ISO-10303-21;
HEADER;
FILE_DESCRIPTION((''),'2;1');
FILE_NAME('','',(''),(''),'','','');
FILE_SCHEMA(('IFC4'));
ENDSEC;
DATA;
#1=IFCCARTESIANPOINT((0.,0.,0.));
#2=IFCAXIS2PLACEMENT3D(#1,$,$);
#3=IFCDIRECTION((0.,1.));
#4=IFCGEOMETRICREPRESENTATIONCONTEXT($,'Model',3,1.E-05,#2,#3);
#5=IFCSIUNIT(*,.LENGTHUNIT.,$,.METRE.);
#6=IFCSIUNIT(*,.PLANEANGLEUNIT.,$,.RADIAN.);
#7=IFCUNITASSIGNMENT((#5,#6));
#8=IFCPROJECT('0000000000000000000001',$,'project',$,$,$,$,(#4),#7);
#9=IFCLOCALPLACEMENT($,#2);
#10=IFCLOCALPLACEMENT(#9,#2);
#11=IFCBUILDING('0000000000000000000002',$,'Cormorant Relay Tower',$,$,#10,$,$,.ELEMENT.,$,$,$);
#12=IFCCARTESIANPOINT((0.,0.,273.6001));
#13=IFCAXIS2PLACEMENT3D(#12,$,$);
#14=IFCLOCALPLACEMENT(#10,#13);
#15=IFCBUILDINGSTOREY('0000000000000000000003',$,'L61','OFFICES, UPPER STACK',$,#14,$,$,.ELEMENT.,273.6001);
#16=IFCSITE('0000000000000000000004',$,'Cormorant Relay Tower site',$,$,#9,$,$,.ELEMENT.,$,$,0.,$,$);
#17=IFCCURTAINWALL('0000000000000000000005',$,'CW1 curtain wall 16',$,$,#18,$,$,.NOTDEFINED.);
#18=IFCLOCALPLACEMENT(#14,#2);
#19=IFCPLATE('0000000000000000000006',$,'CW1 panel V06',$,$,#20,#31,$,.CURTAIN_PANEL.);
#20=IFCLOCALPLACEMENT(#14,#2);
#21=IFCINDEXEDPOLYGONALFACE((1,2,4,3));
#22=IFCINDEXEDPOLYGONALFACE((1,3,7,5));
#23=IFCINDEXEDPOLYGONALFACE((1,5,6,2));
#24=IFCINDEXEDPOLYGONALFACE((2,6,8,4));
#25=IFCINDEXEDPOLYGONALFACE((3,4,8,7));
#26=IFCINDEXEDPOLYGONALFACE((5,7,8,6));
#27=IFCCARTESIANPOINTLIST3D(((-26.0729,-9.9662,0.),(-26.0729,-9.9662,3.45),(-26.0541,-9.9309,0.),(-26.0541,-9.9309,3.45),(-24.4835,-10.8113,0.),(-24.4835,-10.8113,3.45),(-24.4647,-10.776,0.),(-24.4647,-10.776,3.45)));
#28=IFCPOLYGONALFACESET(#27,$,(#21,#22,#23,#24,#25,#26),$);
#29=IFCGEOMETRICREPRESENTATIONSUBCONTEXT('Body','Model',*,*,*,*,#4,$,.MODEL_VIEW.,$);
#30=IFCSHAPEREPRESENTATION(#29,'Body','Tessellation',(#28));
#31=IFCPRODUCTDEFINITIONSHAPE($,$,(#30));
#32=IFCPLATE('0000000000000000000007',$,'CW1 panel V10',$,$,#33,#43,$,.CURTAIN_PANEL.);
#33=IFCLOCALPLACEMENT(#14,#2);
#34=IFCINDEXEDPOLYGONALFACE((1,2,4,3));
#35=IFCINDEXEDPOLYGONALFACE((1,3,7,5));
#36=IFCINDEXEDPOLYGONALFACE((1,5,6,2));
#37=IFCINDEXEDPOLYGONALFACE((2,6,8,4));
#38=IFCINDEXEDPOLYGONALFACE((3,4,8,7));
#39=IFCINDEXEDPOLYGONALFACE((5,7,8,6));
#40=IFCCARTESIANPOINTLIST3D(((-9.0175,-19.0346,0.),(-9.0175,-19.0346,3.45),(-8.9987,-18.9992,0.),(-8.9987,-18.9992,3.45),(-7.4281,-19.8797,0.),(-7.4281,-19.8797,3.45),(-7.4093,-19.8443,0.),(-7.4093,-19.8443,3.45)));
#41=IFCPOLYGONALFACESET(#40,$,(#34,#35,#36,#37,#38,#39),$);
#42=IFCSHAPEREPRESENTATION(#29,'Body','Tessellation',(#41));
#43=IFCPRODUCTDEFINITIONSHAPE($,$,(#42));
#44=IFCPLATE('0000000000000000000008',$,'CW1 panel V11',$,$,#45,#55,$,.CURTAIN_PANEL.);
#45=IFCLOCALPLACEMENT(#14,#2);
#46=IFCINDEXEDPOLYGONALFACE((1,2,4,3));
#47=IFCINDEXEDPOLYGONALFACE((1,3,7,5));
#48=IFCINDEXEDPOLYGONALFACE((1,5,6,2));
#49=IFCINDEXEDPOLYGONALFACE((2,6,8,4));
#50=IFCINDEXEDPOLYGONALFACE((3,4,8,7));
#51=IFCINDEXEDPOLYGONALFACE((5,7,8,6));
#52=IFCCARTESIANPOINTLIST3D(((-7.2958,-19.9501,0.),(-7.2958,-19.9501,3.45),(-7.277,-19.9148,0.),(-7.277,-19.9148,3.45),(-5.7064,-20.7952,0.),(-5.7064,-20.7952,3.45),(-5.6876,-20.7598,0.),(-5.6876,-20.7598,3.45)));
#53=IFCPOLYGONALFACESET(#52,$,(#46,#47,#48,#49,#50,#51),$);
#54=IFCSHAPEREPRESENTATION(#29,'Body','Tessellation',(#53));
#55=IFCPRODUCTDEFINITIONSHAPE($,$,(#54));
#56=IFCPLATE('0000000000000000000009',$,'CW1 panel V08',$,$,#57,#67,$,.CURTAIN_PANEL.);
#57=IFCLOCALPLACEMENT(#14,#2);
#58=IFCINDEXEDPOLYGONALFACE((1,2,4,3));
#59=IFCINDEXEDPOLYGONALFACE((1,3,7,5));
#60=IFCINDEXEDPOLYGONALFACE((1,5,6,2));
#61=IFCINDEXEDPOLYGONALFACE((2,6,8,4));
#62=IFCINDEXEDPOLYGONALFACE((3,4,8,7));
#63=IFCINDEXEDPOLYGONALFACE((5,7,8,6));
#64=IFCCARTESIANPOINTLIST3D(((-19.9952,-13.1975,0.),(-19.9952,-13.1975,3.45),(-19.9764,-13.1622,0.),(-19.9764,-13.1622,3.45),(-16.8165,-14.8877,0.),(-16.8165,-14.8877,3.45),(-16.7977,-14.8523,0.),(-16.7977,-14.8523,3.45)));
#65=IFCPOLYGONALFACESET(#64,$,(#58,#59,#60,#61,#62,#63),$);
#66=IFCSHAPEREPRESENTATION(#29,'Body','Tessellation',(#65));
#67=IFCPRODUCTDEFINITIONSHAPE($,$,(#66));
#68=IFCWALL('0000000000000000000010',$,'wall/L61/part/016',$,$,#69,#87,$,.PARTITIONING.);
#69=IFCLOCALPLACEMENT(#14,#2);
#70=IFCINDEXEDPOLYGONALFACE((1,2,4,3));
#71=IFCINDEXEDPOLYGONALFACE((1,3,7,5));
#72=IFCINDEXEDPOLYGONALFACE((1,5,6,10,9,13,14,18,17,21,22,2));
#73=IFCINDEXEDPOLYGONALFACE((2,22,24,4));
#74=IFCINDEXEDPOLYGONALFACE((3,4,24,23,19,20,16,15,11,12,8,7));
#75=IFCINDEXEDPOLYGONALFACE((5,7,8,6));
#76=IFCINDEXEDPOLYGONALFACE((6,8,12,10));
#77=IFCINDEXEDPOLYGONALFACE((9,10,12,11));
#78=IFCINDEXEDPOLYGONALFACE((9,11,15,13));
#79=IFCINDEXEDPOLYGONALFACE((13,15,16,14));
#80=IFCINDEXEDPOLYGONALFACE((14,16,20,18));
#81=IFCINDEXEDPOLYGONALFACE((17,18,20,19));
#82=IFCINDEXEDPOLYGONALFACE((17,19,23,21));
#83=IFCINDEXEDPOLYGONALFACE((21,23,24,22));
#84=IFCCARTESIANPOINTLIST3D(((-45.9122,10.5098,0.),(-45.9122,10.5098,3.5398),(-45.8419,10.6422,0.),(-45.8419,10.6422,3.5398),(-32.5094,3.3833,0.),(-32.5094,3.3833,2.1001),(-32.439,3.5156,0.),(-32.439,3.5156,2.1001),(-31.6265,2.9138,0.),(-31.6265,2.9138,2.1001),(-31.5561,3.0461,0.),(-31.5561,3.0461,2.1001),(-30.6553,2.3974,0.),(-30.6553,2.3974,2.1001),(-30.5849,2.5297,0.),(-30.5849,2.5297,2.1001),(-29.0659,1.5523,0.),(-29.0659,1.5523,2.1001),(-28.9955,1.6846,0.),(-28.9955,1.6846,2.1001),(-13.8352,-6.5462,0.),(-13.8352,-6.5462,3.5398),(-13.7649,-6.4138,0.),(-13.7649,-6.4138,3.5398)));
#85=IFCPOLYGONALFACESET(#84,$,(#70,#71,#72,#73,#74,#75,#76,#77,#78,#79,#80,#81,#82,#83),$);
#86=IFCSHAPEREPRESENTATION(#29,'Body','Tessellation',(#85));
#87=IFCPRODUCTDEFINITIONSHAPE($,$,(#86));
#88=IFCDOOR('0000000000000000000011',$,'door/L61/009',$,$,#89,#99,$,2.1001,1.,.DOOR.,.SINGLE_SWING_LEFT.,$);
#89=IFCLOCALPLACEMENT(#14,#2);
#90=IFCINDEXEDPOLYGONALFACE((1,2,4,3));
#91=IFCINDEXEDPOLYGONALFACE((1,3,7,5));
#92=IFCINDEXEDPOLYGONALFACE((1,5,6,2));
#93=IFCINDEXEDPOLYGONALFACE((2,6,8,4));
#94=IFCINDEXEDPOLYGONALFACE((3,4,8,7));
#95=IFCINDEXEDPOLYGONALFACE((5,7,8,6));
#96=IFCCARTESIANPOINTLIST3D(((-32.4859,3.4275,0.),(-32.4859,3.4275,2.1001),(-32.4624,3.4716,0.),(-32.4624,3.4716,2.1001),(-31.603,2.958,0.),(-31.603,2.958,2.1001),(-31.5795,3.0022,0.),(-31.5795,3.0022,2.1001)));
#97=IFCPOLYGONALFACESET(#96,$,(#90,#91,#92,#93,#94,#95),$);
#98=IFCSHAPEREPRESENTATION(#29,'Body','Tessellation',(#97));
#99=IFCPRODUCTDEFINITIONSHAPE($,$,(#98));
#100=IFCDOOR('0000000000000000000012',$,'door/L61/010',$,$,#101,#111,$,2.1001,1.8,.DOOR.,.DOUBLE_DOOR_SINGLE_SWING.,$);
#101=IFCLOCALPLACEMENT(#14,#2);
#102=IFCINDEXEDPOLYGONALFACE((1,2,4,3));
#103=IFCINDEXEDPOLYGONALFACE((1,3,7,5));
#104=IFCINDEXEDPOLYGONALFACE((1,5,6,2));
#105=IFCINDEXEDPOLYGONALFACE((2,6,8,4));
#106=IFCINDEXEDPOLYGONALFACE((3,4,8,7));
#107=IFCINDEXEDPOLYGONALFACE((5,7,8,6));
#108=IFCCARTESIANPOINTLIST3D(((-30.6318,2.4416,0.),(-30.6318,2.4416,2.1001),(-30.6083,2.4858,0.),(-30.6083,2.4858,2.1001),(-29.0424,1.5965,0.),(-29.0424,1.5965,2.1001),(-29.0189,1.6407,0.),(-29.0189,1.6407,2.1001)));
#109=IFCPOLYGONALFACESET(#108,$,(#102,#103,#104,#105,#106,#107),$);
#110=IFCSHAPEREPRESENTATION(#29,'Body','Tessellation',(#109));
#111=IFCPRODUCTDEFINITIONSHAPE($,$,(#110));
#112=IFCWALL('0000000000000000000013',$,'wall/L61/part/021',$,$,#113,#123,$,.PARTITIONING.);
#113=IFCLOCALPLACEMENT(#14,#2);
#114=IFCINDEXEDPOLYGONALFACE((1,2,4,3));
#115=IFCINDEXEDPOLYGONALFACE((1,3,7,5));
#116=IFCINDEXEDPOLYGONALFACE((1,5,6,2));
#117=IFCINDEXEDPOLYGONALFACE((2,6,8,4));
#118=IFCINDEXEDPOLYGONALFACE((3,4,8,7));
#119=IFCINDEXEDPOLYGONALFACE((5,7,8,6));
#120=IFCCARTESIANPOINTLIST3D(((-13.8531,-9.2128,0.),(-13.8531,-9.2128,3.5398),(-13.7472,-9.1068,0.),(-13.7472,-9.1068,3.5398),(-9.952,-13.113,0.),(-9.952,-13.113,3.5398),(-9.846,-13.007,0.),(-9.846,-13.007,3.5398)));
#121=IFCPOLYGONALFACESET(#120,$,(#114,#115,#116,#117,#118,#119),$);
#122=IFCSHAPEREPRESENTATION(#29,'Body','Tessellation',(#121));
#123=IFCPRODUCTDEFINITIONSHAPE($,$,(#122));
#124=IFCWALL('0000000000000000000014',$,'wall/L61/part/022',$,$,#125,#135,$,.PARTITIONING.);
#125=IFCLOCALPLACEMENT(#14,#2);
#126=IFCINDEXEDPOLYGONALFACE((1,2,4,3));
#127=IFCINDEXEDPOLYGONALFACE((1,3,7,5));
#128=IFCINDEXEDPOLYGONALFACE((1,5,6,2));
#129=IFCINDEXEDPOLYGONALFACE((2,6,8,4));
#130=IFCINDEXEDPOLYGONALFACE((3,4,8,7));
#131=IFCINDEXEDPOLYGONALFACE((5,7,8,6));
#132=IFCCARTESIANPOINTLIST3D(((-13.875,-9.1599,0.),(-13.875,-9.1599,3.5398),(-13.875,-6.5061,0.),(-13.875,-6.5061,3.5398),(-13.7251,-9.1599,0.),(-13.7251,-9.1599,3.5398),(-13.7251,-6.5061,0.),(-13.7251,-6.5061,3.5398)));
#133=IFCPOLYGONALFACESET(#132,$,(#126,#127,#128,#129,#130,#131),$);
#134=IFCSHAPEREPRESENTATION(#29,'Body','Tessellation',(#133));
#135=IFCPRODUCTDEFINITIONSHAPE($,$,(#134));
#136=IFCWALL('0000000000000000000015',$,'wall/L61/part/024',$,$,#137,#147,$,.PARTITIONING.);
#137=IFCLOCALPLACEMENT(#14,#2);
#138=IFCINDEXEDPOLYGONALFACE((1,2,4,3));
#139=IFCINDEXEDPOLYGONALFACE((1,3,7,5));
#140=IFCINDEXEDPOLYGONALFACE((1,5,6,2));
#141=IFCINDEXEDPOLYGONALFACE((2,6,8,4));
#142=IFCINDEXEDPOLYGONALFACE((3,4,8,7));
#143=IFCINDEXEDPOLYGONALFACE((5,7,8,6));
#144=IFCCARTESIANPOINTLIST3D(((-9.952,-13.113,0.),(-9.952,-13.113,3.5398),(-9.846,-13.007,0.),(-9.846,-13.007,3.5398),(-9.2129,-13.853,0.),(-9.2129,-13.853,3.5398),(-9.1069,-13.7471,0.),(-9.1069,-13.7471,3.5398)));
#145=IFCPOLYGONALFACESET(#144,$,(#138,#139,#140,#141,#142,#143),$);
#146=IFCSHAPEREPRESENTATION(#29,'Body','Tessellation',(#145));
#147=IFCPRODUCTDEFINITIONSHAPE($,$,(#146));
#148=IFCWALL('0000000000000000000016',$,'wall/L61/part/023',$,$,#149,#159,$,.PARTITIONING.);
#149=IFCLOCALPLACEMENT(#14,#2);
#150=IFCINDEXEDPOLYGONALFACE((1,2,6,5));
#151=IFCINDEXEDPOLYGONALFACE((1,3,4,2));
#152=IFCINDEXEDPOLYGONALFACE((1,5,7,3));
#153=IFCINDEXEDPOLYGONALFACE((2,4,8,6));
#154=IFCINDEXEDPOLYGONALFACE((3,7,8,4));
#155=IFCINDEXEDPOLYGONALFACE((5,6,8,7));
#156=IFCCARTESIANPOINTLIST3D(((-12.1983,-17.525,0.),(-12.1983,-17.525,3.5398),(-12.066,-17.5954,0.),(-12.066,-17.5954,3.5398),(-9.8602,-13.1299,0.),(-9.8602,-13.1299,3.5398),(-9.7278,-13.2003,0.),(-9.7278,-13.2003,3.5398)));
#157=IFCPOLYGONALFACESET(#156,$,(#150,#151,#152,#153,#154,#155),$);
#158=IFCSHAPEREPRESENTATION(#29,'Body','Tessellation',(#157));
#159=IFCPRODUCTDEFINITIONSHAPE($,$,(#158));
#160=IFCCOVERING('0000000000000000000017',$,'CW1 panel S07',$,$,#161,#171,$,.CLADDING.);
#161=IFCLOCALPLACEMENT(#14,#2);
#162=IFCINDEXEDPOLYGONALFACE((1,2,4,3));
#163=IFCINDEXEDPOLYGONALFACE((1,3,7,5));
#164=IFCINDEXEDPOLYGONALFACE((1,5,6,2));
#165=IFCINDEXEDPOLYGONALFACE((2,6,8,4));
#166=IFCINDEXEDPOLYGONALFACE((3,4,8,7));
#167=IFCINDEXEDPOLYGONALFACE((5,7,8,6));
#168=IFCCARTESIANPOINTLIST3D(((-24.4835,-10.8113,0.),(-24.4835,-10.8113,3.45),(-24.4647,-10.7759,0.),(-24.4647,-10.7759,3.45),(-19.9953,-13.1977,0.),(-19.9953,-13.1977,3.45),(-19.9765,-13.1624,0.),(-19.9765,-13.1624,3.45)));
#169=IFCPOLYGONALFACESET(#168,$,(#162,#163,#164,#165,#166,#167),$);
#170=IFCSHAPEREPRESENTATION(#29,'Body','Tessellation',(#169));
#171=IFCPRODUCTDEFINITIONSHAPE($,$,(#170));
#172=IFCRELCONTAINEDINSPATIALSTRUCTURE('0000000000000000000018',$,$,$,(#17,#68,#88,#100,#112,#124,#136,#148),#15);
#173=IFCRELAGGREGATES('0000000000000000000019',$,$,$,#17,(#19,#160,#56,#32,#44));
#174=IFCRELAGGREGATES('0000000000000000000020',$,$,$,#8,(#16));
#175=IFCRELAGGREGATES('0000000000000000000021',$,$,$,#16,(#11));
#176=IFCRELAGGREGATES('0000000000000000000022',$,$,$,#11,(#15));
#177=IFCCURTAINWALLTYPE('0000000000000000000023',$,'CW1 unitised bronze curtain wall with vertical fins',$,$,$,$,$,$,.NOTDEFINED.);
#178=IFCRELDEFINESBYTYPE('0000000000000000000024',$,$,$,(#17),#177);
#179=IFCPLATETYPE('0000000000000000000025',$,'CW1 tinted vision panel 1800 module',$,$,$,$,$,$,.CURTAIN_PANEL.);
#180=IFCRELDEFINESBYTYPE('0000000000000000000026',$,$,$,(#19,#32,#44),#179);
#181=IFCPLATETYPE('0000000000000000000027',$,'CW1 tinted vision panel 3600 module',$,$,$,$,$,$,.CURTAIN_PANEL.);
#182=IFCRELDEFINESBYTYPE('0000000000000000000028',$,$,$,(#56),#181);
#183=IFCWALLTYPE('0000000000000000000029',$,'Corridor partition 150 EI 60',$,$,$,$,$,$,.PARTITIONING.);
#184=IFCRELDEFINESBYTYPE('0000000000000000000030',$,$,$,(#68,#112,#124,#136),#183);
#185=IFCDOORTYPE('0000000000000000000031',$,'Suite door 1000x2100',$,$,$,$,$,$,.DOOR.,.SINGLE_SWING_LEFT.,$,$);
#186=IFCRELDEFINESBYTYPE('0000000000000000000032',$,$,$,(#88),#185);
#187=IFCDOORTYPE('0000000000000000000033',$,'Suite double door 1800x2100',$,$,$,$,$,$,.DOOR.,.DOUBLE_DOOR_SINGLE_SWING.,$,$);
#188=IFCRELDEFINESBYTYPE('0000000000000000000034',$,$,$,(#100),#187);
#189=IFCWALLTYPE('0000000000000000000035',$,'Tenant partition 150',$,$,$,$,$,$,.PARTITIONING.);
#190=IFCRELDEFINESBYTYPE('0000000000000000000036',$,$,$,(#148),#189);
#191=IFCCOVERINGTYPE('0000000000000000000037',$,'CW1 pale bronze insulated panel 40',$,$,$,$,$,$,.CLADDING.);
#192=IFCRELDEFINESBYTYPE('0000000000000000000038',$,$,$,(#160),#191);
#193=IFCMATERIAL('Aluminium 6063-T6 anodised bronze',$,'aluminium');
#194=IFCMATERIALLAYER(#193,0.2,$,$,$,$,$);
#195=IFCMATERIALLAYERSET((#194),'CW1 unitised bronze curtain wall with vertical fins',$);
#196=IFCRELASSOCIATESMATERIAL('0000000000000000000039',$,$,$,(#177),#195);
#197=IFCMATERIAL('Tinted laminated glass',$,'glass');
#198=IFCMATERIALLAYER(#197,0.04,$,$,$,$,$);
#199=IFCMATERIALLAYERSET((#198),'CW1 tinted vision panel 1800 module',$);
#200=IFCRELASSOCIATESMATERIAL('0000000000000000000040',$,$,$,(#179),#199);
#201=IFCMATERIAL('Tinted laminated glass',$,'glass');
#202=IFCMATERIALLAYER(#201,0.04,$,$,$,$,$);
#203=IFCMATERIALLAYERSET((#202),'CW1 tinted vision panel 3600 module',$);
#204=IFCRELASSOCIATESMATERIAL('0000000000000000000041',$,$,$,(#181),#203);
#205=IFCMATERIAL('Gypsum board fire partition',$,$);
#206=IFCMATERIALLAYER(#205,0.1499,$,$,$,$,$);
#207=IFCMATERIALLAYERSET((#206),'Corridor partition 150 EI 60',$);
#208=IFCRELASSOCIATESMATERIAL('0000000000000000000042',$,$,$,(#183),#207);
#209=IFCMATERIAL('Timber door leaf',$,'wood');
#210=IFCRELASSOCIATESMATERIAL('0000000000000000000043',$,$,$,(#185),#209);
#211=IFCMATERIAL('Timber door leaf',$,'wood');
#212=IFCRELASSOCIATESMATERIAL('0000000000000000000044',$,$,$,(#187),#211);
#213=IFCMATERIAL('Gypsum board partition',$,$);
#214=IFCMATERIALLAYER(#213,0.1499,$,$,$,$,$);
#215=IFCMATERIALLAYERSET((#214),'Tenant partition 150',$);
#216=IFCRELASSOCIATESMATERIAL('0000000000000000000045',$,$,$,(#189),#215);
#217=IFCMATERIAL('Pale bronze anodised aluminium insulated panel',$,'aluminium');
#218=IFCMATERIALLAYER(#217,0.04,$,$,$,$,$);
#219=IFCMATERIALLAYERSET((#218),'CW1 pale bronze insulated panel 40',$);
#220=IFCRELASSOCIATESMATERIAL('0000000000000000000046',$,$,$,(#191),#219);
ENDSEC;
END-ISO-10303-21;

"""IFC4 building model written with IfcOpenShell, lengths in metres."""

from ifc_helpers import new_model, si_unit, direction, frame, frame_2d, origin, origin_2d, place, context, subcontext, project, spatial, rectangle, extrude, material, layer, layer_set, type_object, element, fill, aggregate, save


model = new_model("IFC4")

# Units and contexts
model_context = context("Model", 3, precision=1e-05, world=origin(), true_north=direction((0.0, 1.0)))
body_context = subcontext(model_context, "Body", "Model", "MODEL_VIEW")
ifc_project = project(units=[si_unit("LENGTHUNIT", "METRE"), si_unit("PLANEANGLEUNIT", "RADIAN")], contexts=[model_context])

# Site, building, storey
site_placement = place(None, origin())
site = spatial("IfcSite", under=ifc_project, at=site_placement, Name="Cormorant Relay Tower site", CompositionType="ELEMENT", RefElevation=0.0)
building_placement = place(site_placement, origin())
building = spatial("IfcBuilding", under=site, at=building_placement, Name="Cormorant Relay Tower", CompositionType="ELEMENT")
storey_placement = place(building_placement, frame((0.0, 0.0, 273.6001)))
storey = spatial("IfcBuildingStorey", under=building, at=storey_placement, Name="L61", Description="OFFICES, UPPER STACK", CompositionType="ELEMENT", Elevation=273.6001)

# Curtain wall
ifc_material_1 = material(Name="Aluminium 6063-T6 anodised bronze", Category="aluminium")
ifc_layer_1 = layer(ifc_material_1, 0.2)
ifc_layer_set_1 = layer_set([ifc_layer_1], Name="CW1 unitised bronze curtain wall with vertical fins")
curtain_wall_type = type_object("IfcCurtainWallType", Name="CW1 unitised bronze curtain wall with vertical fins", PredefinedType="NOTDEFINED", material=ifc_layer_set_1)
curtain_wall_placement = place(storey_placement, origin())
curtain_wall = element("IfcCurtainWall", 1, at=curtain_wall_placement, inside=storey, type_object=curtain_wall_type, Name="CW1 curtain wall 16", PredefinedType="NOTDEFINED")

# Plates
ifc_material_2 = material(Name="Tinted laminated glass", Category="glass")
ifc_layer_2 = layer(ifc_material_2, 0.04)
ifc_layer_set_2 = layer_set([ifc_layer_2], Name="CW1 tinted vision panel 1800 module")
plate_type_1 = type_object("IfcPlateType", Name="CW1 tinted vision panel 1800 module", PredefinedType="CURTAIN_PANEL", material=ifc_layer_set_2)
plate_1_placement = place(storey_placement, frame((-25.2688, -10.3711, 0.0), z_axis=(0.0, 0.0, 1.0), x_axis=(0.882948, -0.469472, 0.0)))
plate_1 = element("IfcPlate", 2, at=plate_1_placement, type_object=plate_type_1, Name="CW1 panel V06", PredefinedType="CURTAIN_PANEL", context=body_context, shape_type="SweptSolid", body=[
    extrude(rectangle(XDim=1.8, YDim=0.04, at=origin_2d()), origin(), (0.0, 0.0, 1.0), 3.45),
])
plate_2_placement = place(storey_placement, frame((-8.2134, -19.4395, 0.0), z_axis=(0.0, 0.0, 1.0), x_axis=(0.882948, -0.469472, 0.0)))
plate_2 = element("IfcPlate", 3, at=plate_2_placement, type_object=plate_type_1, Name="CW1 panel V10", PredefinedType="CURTAIN_PANEL", context=body_context, shape_type="SweptSolid", body=[
    extrude(rectangle(XDim=1.8, YDim=0.04, at=origin_2d()), origin(), (0.0, 0.0, 1.0), 3.45),
])
plate_3_placement = place(storey_placement, frame((-6.4917, -20.355, 0.0), z_axis=(0.0, 0.0, 1.0), x_axis=(0.882948, -0.469472, 0.0)))
plate_3 = element("IfcPlate", 4, at=plate_3_placement, type_object=plate_type_1, Name="CW1 panel V11", PredefinedType="CURTAIN_PANEL", context=body_context, shape_type="SweptSolid", body=[
    extrude(rectangle(XDim=1.8, YDim=0.04, at=origin_2d()), origin(), (0.0, 0.0, 1.0), 3.45),
])
ifc_material_3 = material(Name="Tinted laminated glass", Category="glass")
ifc_layer_3 = layer(ifc_material_3, 0.04)
ifc_layer_set_3 = layer_set([ifc_layer_3], Name="CW1 tinted vision panel 3600 module")
plate_type_2 = type_object("IfcPlateType", Name="CW1 tinted vision panel 3600 module", PredefinedType="CURTAIN_PANEL", material=ifc_layer_set_3)
plate_4_placement = place(storey_placement, frame((-18.3965, -14.0249, 0.0), z_axis=(0.0, 0.0, 1.0), x_axis=(0.882948, -0.469472, 0.0)))
plate_4 = element("IfcPlate", 5, at=plate_4_placement, type_object=plate_type_2, Name="CW1 panel V08", PredefinedType="CURTAIN_PANEL", context=body_context, shape_type="SweptSolid", body=[
    extrude(rectangle(XDim=3.6001, YDim=0.04, at=origin_2d()), origin(), (0.0, 0.0, 1.0), 3.45),
])

# Wall, openings, doors
ifc_material_4 = material(Name="Gypsum board fire partition")
ifc_layer_4 = layer(ifc_material_4, 0.1499)
ifc_layer_set_4 = layer_set([ifc_layer_4], Name="Corridor partition 150 EI 60")
wall_type_1 = type_object("IfcWallType", Name="Corridor partition 150 EI 60", PredefinedType="PARTITIONING", material=ifc_layer_set_4)
wall_1_placement = place(storey_placement, frame((-13.8, -6.48, 0.0), z_axis=(0.0, 0.0, 1.0), x_axis=(-0.882944, 0.469478, 0.0)))
wall_1 = element("IfcWall", 6, at=wall_1_placement, inside=storey, type_object=wall_type_1, Name="wall/L61/part/016", PredefinedType="PARTITIONING", context=body_context, shape_type="SweptSolid", body=[
    extrude(rectangle(XDim=36.3296, YDim=0.1499, at=frame_2d((18.1648, 0.0))), origin(), (0.0, 0.0, 1.0), 3.5398),
])
opening_1_placement = place(wall_1_placement, frame((20.1499, 0.0, 0.0)))
opening_1 = element("IfcOpeningElement", 7, at=opening_1_placement, cuts=wall_1, PredefinedType="OPENING", context=body_context, shape_type="SweptSolid", body=[
    extrude(rectangle(XDim=1.0, YDim=2.1001, at=frame_2d((0.5, 1.05))), frame((0.0, 0.085, 0.0), z_axis=(0.0, -1.0, 0.0), x_axis=(1.0, 0.0, 0.0)), (0.0, 0.0, 1.0), 0.1699),
])
opening_2_placement = place(wall_1_placement, frame((17.25, 0.0, 0.0)))
opening_2 = element("IfcOpeningElement", 8, at=opening_2_placement, cuts=wall_1, PredefinedType="OPENING", context=body_context, shape_type="SweptSolid", body=[
    extrude(rectangle(XDim=1.8, YDim=2.1001, at=frame_2d((0.8999, 1.05))), frame((0.0, 0.085, 0.0), z_axis=(0.0, -1.0, 0.0), x_axis=(1.0, 0.0, 0.0)), (0.0, 0.0, 1.0), 0.1699),
])
ifc_material_5 = material(Name="Timber door leaf", Category="wood")
door_type_1 = type_object("IfcDoorType", Name="Suite door 1000x2100", OperationType="SINGLE_SWING_LEFT", PredefinedType="DOOR", material=ifc_material_5)
door_1_placement = place(opening_1_placement, origin())
door_1 = element("IfcDoor", 9, at=door_1_placement, inside=storey, type_object=door_type_1, Name="door/L61/009", OperationType="SINGLE_SWING_LEFT", OverallHeight=2.1001, OverallWidth=1.0, PredefinedType="DOOR", context=body_context, shape_type="SweptSolid", body=[
    extrude(rectangle(XDim=1.0, YDim=2.1001, at=frame_2d((0.5, 1.05))), frame((0.0, 0.0249, 0.0), z_axis=(0.0, -1.0, 0.0), x_axis=(1.0, 0.0, 0.0)), (0.0, 0.0, 1.0), 0.05),
])
fill(opening_1, door_1)
ifc_material_6 = material(Name="Timber door leaf", Category="wood")
door_type_2 = type_object("IfcDoorType", Name="Suite double door 1800x2100", OperationType="DOUBLE_DOOR_SINGLE_SWING", PredefinedType="DOOR", material=ifc_material_6)
door_2_placement = place(opening_2_placement, origin())
door_2 = element("IfcDoor", 10, at=door_2_placement, inside=storey, type_object=door_type_2, Name="door/L61/010", OperationType="DOUBLE_DOOR_SINGLE_SWING", OverallHeight=2.1001, OverallWidth=1.8, PredefinedType="DOOR", context=body_context, shape_type="SweptSolid", body=[
    extrude(rectangle(XDim=1.8, YDim=2.1001, at=frame_2d((0.8999, 1.05))), frame((0.0, 0.0249, 0.0), z_axis=(0.0, -1.0, 0.0), x_axis=(1.0, 0.0, 0.0)), (0.0, 0.0, 1.0), 0.05),
])
fill(opening_2, door_2)

# Walls
wall_2_placement = place(storey_placement, frame((-9.8989, -13.0601, 0.0), z_axis=(0.0, 0.0, 1.0), x_axis=(-0.707195, 0.707018, 0.0)))
element("IfcWall", 11, at=wall_2_placement, inside=storey, type_object=wall_type_1, Name="wall/L61/part/021", PredefinedType="PARTITIONING", context=body_context, shape_type="SweptSolid", body=[
    extrude(rectangle(XDim=5.5164, YDim=0.1499, at=frame_2d((2.7583, 0.0))), origin(), (0.0, 0.0, 1.0), 3.5398),
])
wall_3_placement = place(storey_placement, frame((-13.8, -9.1599, 0.0), z_axis=(0.0, 0.0, 1.0), x_axis=(0.0, 1.0, 0.0)))
element("IfcWall", 12, at=wall_3_placement, inside=storey, type_object=wall_type_1, Name="wall/L61/part/022", PredefinedType="PARTITIONING", context=body_context, shape_type="SweptSolid", body=[
    extrude(rectangle(XDim=2.6538, YDim=0.1499, at=frame_2d((1.3269, 0.0))), origin(), (0.0, 0.0, 1.0), 3.5398),
])
wall_4_placement = place(storey_placement, frame((-9.1599, -13.8, 0.0), z_axis=(0.0, 0.0, 1.0), x_axis=(-0.70664, 0.707574, 0.0)))
element("IfcWall", 13, at=wall_4_placement, inside=storey, type_object=wall_type_1, Name="wall/L61/part/024", PredefinedType="PARTITIONING", context=body_context, shape_type="SweptSolid", body=[
    extrude(rectangle(XDim=1.0459, YDim=0.1499, at=frame_2d((0.5229, 0.0))), origin(), (0.0, 0.0, 1.0), 3.5398),
])
ifc_material_7 = material(Name="Gypsum board partition")
ifc_layer_5 = layer(ifc_material_7, 0.1499)
ifc_layer_set_5 = layer_set([ifc_layer_5], Name="Tenant partition 150")
wall_type_2 = type_object("IfcWallType", Name="Tenant partition 150", PredefinedType="PARTITIONING", material=ifc_layer_set_5)
wall_5_placement = place(storey_placement, frame((-9.7939, -13.165, 0.0), z_axis=(0.0, 0.0, 1.0), x_axis=(-0.469669, -0.882843, 0.0)))
element("IfcWall", 14, at=wall_5_placement, inside=storey, type_object=wall_type_2, Name="wall/L61/part/023", PredefinedType="PARTITIONING", context=body_context, shape_type="SweptSolid", body=[
    extrude(rectangle(XDim=4.9783, YDim=0.1499, at=frame_2d((2.4893, 0.0))), origin(), (0.0, 0.0, 1.0), 3.5398),
])

# Covering
ifc_material_8 = material(Name="Pale bronze anodised aluminium insulated panel", Category="aluminium")
ifc_layer_6 = layer(ifc_material_8, 0.04)
ifc_layer_set_6 = layer_set([ifc_layer_6], Name="CW1 pale bronze insulated panel 40")
covering_type = type_object("IfcCoveringType", Name="CW1 pale bronze insulated panel 40", PredefinedType="CLADDING", material=ifc_layer_set_6)
covering_1_placement = place(storey_placement, frame((-22.23, -11.9868, 0.0), z_axis=(0.0, 0.0, 1.0), x_axis=(0.882948, -0.469472, 0.0)))
covering_1 = element("IfcCovering", 15, at=covering_1_placement, type_object=covering_type, Name="CW1 panel S07", PredefinedType="CLADDING", context=body_context, shape_type="SweptSolid", body=[
    extrude(rectangle(XDim=5.0833, YDim=0.04, at=origin_2d()), origin(), (0.0, 0.0, 1.0), 3.45),
])
aggregate(curtain_wall, [plate_1, covering_1, plate_4, plate_2, plate_3])

save(model, "model.ifc")
